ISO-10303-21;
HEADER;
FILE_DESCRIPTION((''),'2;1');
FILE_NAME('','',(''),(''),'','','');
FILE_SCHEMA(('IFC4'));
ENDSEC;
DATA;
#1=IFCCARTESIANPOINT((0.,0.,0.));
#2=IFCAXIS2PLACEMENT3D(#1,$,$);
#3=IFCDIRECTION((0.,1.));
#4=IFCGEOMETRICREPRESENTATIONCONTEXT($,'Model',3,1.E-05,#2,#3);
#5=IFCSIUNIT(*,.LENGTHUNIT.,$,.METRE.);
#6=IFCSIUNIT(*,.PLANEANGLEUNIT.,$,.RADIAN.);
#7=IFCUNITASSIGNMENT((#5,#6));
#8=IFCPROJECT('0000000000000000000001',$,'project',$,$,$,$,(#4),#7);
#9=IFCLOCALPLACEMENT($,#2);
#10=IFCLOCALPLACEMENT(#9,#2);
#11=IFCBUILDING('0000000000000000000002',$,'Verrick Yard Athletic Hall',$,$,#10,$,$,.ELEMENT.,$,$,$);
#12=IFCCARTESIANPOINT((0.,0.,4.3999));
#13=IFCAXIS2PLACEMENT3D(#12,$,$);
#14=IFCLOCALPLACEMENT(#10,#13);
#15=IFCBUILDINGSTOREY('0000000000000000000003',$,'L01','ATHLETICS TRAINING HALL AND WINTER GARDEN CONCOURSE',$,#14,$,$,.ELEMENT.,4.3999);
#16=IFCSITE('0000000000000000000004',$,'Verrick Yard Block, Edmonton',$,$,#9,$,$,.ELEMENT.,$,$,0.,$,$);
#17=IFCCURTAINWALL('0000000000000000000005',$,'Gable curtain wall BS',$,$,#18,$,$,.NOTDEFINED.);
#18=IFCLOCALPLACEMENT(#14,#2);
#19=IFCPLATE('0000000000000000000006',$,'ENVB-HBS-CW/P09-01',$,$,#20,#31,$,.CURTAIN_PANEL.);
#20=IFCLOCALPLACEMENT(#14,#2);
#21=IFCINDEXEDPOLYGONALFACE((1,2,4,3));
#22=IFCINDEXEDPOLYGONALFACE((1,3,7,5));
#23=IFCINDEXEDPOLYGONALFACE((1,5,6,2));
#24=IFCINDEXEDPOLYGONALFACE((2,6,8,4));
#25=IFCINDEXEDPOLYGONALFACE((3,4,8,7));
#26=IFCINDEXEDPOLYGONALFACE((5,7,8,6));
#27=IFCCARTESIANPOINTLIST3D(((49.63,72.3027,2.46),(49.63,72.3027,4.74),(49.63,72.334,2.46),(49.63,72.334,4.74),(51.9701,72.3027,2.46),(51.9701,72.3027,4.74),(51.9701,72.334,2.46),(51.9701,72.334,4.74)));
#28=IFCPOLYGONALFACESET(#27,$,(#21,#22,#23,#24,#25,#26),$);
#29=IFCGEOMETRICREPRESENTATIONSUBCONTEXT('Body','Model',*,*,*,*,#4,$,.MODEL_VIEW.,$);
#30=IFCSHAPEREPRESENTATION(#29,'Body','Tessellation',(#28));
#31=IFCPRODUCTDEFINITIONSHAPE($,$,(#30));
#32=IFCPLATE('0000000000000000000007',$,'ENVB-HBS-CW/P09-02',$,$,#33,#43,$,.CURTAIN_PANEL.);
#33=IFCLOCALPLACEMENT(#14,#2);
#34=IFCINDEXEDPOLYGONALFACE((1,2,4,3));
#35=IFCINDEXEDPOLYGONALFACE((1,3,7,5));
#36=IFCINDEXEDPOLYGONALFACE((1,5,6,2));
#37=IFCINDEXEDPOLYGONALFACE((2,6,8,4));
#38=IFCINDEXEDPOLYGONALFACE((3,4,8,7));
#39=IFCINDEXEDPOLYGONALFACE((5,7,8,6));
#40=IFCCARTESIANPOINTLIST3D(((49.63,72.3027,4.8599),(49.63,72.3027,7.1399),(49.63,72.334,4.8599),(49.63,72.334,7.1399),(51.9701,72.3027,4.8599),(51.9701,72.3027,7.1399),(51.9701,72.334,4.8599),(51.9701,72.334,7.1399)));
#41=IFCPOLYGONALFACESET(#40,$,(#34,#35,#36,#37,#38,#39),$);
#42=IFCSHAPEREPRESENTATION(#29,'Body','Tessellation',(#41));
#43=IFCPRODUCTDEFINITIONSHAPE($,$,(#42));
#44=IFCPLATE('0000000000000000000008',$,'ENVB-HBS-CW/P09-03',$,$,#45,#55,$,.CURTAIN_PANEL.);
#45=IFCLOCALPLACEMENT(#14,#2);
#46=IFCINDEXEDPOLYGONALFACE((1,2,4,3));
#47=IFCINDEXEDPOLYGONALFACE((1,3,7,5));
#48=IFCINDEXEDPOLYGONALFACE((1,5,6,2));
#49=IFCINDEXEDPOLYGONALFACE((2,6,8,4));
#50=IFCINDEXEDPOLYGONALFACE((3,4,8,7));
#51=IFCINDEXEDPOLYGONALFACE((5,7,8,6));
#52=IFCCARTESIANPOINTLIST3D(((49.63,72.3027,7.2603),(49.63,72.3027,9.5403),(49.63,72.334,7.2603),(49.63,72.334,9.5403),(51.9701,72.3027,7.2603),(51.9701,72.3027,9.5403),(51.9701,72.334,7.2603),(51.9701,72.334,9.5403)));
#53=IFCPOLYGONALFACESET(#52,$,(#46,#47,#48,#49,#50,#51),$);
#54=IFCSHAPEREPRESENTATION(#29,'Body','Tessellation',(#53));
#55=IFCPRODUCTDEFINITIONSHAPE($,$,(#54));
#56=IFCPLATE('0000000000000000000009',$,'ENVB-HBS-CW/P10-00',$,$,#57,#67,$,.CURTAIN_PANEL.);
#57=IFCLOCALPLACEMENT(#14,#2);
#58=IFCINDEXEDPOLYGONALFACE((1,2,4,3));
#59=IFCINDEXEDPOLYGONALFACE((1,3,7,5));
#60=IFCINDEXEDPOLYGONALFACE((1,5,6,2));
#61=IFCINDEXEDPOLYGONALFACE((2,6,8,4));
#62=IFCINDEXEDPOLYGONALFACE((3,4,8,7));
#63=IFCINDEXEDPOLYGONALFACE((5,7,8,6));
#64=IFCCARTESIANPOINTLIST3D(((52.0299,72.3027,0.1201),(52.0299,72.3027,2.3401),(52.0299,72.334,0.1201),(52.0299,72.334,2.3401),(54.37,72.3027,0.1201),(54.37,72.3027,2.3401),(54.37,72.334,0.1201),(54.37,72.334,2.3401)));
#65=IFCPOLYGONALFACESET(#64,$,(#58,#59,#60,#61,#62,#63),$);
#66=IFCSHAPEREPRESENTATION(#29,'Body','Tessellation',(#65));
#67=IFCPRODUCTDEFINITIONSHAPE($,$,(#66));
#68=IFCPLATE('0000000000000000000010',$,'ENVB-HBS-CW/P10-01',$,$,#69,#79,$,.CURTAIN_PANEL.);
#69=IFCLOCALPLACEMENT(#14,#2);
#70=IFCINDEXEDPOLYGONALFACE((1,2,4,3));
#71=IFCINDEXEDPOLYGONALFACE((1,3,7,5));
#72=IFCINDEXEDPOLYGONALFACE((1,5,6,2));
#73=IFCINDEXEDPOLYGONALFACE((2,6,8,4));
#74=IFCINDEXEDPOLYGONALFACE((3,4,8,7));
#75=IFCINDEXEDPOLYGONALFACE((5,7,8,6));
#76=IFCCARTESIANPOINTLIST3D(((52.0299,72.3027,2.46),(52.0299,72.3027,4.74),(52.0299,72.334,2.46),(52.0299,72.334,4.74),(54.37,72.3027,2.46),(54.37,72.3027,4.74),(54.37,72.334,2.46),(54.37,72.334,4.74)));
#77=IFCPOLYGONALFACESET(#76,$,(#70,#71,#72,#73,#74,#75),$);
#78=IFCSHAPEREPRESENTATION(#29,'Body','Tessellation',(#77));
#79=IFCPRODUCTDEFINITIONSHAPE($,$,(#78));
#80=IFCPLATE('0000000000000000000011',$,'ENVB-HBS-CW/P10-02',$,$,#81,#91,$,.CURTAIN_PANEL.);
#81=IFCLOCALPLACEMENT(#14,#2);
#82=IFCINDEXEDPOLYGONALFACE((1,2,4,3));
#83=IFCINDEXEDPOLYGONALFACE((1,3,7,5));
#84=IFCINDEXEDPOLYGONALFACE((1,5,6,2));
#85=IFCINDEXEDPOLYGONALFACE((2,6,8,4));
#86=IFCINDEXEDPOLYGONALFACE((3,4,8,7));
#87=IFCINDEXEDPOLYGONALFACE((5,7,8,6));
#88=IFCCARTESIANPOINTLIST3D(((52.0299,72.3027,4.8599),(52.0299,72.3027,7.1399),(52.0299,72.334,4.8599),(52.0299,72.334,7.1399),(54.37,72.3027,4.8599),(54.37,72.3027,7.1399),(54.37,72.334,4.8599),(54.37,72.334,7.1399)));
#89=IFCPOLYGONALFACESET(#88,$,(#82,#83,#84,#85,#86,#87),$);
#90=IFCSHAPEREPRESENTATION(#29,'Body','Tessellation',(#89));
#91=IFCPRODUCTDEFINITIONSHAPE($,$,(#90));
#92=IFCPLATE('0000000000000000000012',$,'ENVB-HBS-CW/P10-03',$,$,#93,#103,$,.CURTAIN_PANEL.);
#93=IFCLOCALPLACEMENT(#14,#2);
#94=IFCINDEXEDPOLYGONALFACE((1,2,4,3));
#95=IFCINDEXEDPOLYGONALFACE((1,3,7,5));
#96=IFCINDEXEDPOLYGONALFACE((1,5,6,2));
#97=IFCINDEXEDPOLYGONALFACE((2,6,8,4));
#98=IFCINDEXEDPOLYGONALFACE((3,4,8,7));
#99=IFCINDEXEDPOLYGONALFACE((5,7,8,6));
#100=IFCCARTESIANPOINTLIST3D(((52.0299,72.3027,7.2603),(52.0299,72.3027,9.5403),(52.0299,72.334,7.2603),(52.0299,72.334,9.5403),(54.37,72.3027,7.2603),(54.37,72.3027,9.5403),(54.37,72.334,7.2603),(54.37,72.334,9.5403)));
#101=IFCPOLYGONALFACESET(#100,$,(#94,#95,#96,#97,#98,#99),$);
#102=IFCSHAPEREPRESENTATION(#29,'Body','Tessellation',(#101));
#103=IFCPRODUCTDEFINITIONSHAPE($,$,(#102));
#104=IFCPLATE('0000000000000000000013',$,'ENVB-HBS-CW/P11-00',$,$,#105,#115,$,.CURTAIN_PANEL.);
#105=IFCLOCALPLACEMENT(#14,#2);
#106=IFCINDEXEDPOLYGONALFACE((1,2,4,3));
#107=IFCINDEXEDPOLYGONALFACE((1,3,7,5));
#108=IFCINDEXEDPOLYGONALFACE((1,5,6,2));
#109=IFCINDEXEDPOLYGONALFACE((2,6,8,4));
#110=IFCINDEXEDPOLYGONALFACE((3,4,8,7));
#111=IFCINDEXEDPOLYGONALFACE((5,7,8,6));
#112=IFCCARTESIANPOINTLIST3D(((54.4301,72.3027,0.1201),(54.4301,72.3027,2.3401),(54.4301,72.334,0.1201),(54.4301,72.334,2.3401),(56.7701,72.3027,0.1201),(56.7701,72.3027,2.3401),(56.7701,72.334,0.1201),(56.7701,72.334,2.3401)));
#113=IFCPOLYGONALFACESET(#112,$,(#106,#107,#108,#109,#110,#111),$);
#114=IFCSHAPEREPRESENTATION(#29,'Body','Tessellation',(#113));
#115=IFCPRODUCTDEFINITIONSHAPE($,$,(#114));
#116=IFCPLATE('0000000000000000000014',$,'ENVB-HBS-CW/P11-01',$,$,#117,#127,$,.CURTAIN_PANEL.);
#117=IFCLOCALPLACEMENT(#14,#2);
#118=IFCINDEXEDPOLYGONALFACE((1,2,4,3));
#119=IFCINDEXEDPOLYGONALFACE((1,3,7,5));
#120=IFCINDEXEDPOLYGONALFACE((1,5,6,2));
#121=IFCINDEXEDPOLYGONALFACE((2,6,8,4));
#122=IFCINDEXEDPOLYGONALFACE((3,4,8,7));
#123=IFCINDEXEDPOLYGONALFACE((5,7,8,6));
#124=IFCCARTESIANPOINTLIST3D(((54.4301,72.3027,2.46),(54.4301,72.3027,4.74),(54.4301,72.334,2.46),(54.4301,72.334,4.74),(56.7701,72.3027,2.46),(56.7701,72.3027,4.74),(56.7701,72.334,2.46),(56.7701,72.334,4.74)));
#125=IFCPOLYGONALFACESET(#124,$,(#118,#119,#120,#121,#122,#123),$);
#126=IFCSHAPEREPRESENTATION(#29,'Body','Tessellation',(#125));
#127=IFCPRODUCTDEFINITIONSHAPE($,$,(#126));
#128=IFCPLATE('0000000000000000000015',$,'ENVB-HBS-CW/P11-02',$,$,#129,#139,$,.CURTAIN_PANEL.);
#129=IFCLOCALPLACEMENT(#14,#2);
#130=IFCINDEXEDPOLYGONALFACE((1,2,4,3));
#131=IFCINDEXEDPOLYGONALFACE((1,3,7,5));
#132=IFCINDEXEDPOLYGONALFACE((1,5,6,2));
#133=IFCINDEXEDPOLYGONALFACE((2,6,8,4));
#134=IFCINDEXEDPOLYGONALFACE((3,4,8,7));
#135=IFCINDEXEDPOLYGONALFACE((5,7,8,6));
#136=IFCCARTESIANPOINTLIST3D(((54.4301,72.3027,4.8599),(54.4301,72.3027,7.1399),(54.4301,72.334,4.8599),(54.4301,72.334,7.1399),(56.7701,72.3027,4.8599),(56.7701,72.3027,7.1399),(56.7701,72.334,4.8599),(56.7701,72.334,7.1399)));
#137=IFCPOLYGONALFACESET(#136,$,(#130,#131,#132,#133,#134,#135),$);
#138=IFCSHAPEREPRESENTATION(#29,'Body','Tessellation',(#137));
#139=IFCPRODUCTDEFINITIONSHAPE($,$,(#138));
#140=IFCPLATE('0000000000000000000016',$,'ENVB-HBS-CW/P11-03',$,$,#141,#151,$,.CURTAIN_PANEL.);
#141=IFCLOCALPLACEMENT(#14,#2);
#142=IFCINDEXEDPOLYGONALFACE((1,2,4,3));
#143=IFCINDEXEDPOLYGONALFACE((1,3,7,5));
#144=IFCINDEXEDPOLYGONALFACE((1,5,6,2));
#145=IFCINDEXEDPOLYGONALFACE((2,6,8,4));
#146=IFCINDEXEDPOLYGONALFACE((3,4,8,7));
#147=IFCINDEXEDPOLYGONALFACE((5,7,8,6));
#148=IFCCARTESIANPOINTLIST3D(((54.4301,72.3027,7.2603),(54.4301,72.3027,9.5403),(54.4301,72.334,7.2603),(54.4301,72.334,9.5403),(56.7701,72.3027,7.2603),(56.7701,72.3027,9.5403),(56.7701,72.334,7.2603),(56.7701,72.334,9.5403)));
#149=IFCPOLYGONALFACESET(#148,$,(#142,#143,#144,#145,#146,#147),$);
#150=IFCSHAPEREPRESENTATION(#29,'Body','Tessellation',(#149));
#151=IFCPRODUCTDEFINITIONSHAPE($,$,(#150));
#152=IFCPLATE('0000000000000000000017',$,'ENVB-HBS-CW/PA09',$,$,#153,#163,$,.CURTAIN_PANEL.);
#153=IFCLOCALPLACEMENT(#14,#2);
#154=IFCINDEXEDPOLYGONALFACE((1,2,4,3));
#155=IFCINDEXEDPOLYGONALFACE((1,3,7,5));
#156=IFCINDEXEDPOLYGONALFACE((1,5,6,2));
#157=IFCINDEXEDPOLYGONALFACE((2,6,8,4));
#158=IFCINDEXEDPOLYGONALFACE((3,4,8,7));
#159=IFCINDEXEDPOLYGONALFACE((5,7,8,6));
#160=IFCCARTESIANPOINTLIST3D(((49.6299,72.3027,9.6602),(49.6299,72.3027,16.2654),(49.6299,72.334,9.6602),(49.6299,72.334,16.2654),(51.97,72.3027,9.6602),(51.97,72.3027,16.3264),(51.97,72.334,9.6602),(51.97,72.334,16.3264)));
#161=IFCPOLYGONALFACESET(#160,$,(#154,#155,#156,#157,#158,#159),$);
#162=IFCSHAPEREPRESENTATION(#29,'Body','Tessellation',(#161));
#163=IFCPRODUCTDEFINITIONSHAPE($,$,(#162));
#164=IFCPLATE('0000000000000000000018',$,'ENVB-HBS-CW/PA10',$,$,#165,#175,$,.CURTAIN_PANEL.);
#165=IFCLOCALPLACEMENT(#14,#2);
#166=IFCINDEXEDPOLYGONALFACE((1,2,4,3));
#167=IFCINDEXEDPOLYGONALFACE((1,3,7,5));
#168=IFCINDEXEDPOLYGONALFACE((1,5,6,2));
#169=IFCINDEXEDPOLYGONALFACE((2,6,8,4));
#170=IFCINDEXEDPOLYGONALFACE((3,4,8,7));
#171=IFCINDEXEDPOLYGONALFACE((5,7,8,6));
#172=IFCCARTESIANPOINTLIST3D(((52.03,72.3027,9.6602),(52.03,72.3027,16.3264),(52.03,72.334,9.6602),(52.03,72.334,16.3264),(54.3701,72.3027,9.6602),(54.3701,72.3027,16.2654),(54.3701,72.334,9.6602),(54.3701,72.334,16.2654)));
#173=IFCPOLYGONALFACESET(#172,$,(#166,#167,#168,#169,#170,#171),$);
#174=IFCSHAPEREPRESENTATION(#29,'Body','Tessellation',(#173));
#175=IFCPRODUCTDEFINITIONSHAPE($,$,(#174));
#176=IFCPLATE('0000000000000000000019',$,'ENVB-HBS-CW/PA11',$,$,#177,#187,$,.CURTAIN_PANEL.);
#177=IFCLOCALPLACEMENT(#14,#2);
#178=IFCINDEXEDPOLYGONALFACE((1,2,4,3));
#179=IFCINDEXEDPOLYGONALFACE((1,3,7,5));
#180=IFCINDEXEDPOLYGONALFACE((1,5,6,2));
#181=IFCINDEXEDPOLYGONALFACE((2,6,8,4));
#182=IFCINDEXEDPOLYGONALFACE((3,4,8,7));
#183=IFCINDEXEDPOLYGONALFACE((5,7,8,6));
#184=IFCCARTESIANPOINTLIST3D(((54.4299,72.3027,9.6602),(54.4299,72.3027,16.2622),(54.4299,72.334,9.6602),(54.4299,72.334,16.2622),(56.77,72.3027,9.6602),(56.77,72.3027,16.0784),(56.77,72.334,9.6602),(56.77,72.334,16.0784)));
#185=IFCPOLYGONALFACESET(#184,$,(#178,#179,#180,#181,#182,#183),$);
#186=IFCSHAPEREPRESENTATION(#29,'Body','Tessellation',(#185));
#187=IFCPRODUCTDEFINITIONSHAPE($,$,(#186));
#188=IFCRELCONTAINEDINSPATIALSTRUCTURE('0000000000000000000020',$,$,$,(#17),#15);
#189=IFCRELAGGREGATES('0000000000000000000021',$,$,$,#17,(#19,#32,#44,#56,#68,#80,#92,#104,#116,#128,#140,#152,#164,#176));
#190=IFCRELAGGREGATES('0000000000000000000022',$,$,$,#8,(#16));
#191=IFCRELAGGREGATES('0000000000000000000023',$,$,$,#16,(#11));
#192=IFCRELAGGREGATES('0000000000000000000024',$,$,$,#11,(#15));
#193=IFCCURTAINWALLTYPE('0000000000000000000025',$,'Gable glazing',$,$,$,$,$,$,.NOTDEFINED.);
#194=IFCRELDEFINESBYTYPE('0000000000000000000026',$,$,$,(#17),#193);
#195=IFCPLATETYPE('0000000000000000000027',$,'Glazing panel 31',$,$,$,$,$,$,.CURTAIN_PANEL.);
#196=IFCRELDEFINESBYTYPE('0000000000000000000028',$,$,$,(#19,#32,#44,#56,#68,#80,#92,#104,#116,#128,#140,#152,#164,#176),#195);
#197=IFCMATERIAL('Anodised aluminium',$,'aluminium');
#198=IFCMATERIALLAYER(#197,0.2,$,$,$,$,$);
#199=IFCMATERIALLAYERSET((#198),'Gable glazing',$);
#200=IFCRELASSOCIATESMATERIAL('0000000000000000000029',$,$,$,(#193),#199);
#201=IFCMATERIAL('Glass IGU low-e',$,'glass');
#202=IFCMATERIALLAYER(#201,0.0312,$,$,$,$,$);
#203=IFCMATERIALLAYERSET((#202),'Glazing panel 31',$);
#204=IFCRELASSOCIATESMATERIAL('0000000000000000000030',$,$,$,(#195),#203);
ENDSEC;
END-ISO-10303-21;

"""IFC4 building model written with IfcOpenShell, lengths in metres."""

from ifc_helpers import new_model, si_unit, direction, frame, origin, origin_2d, place, context, subcontext, project, spatial, polyline, rectangle, outline, extrude, material, layer, layer_set, type_object, element, aggregate, save


model = new_model("IFC4")

# Units and contexts
model_context = context("Model", 3, precision=1e-05, world=origin(), true_north=direction((0.0, 1.0)))
body_context = subcontext(model_context, "Body", "Model", "MODEL_VIEW")
ifc_project = project(units=[si_unit("LENGTHUNIT", "METRE"), si_unit("PLANEANGLEUNIT", "RADIAN")], contexts=[model_context])

# Site, building, storey
site_placement = place(None, origin())
site = spatial("IfcSite", under=ifc_project, at=site_placement, Name="Verrick Yard Block, Edmonton", CompositionType="ELEMENT", RefElevation=0.0)
building_placement = place(site_placement, origin())
building = spatial("IfcBuilding", under=site, at=building_placement, Name="Verrick Yard Athletic Hall", CompositionType="ELEMENT")
storey_placement = place(building_placement, frame((0.0, 0.0, 4.3999)))
storey = spatial("IfcBuildingStorey", under=building, at=storey_placement, Name="L01", Description="ATHLETICS TRAINING HALL AND WINTER GARDEN CONCOURSE", CompositionType="ELEMENT", Elevation=4.3999)

# Curtain wall
ifc_material_1 = material(Name="Anodised aluminium", Category="aluminium")
ifc_layer_1 = layer(ifc_material_1, 0.2)
ifc_layer_set_1 = layer_set([ifc_layer_1], Name="Gable glazing")
curtain_wall_type = type_object("IfcCurtainWallType", Name="Gable glazing", PredefinedType="NOTDEFINED", material=ifc_layer_set_1)
curtain_wall_placement = place(storey_placement, origin())
curtain_wall = element("IfcCurtainWall", 1, at=curtain_wall_placement, inside=storey, type_object=curtain_wall_type, Name="Gable curtain wall BS", PredefinedType="NOTDEFINED")

# Plates
ifc_material_2 = material(Name="Glass IGU low-e", Category="glass")
ifc_layer_2 = layer(ifc_material_2, 0.0312)
ifc_layer_set_2 = layer_set([ifc_layer_2], Name="Glazing panel 31")
plate_type = type_object("IfcPlateType", Name="Glazing panel 31", PredefinedType="CURTAIN_PANEL", material=ifc_layer_set_2)
plate_1_placement = place(storey_placement, frame((50.8, 72.3184, 2.46), z_axis=(0.0, 0.0, 1.0), x_axis=(1.0, 0.0, 0.0)))
plate_1 = element("IfcPlate", 2, at=plate_1_placement, type_object=plate_type, Name="ENVB-HBS-CW/P09-01", PredefinedType="CURTAIN_PANEL", context=body_context, shape_type="SweptSolid", body=[
    extrude(rectangle(XDim=2.3401, YDim=0.0312, at=origin_2d()), origin(), (0.0, 0.0, 1.0), 2.28),
])
plate_2_placement = place(storey_placement, frame((50.8, 72.3184, 4.8599), z_axis=(0.0, 0.0, 1.0), x_axis=(1.0, 0.0, 0.0)))
plate_2 = element("IfcPlate", 3, at=plate_2_placement, type_object=plate_type, Name="ENVB-HBS-CW/P09-02", PredefinedType="CURTAIN_PANEL", context=body_context, shape_type="SweptSolid", body=[
    extrude(rectangle(XDim=2.3401, YDim=0.0312, at=origin_2d()), origin(), (0.0, 0.0, 1.0), 2.28),
])
plate_3_placement = place(storey_placement, frame((50.8, 72.3184, 7.2603), z_axis=(0.0, 0.0, 1.0), x_axis=(1.0, 0.0, 0.0)))
plate_3 = element("IfcPlate", 4, at=plate_3_placement, type_object=plate_type, Name="ENVB-HBS-CW/P09-03", PredefinedType="CURTAIN_PANEL", context=body_context, shape_type="SweptSolid", body=[
    extrude(rectangle(XDim=2.3401, YDim=0.0312, at=origin_2d()), origin(), (0.0, 0.0, 1.0), 2.28),
])
plate_4_placement = place(storey_placement, frame((53.2, 72.3184, 0.1201), z_axis=(0.0, 0.0, 1.0), x_axis=(1.0, 0.0, 0.0)))
plate_4 = element("IfcPlate", 5, at=plate_4_placement, type_object=plate_type, Name="ENVB-HBS-CW/P10-00", PredefinedType="CURTAIN_PANEL", context=body_context, shape_type="SweptSolid", body=[
    extrude(rectangle(XDim=2.3401, YDim=0.0312, at=origin_2d()), origin(), (0.0, 0.0, 1.0), 2.22),
])
plate_5_placement = place(storey_placement, frame((53.2, 72.3184, 2.46), z_axis=(0.0, 0.0, 1.0), x_axis=(1.0, 0.0, 0.0)))
plate_5 = element("IfcPlate", 6, at=plate_5_placement, type_object=plate_type, Name="ENVB-HBS-CW/P10-01", PredefinedType="CURTAIN_PANEL", context=body_context, shape_type="SweptSolid", body=[
    extrude(rectangle(XDim=2.3401, YDim=0.0312, at=origin_2d()), origin(), (0.0, 0.0, 1.0), 2.28),
])
plate_6_placement = place(storey_placement, frame((53.2, 72.3184, 4.8599), z_axis=(0.0, 0.0, 1.0), x_axis=(1.0, 0.0, 0.0)))
plate_6 = element("IfcPlate", 7, at=plate_6_placement, type_object=plate_type, Name="ENVB-HBS-CW/P10-02", PredefinedType="CURTAIN_PANEL", context=body_context, shape_type="SweptSolid", body=[
    extrude(rectangle(XDim=2.3401, YDim=0.0312, at=origin_2d()), origin(), (0.0, 0.0, 1.0), 2.28),
])
plate_7_placement = place(storey_placement, frame((53.2, 72.3184, 7.2603), z_axis=(0.0, 0.0, 1.0), x_axis=(1.0, 0.0, 0.0)))
plate_7 = element("IfcPlate", 8, at=plate_7_placement, type_object=plate_type, Name="ENVB-HBS-CW/P10-03", PredefinedType="CURTAIN_PANEL", context=body_context, shape_type="SweptSolid", body=[
    extrude(rectangle(XDim=2.3401, YDim=0.0312, at=origin_2d()), origin(), (0.0, 0.0, 1.0), 2.28),
])
plate_8_placement = place(storey_placement, frame((55.6001, 72.3184, 0.1201), z_axis=(0.0, 0.0, 1.0), x_axis=(1.0, 0.0, 0.0)))
plate_8 = element("IfcPlate", 9, at=plate_8_placement, type_object=plate_type, Name="ENVB-HBS-CW/P11-00", PredefinedType="CURTAIN_PANEL", context=body_context, shape_type="SweptSolid", body=[
    extrude(rectangle(XDim=2.3401, YDim=0.0312, at=origin_2d()), origin(), (0.0, 0.0, 1.0), 2.22),
])
plate_9_placement = place(storey_placement, frame((55.6001, 72.3184, 2.46), z_axis=(0.0, 0.0, 1.0), x_axis=(1.0, 0.0, 0.0)))
plate_9 = element("IfcPlate", 10, at=plate_9_placement, type_object=plate_type, Name="ENVB-HBS-CW/P11-01", PredefinedType="CURTAIN_PANEL", context=body_context, shape_type="SweptSolid", body=[
    extrude(rectangle(XDim=2.3401, YDim=0.0312, at=origin_2d()), origin(), (0.0, 0.0, 1.0), 2.28),
])
plate_10_placement = place(storey_placement, frame((55.6001, 72.3184, 4.8599), z_axis=(0.0, 0.0, 1.0), x_axis=(1.0, 0.0, 0.0)))
plate_10 = element("IfcPlate", 11, at=plate_10_placement, type_object=plate_type, Name="ENVB-HBS-CW/P11-02", PredefinedType="CURTAIN_PANEL", context=body_context, shape_type="SweptSolid", body=[
    extrude(rectangle(XDim=2.3401, YDim=0.0312, at=origin_2d()), origin(), (0.0, 0.0, 1.0), 2.28),
])
plate_11_placement = place(storey_placement, frame((55.6001, 72.3184, 7.2603), z_axis=(0.0, 0.0, 1.0), x_axis=(1.0, 0.0, 0.0)))
plate_11 = element("IfcPlate", 12, at=plate_11_placement, type_object=plate_type, Name="ENVB-HBS-CW/P11-03", PredefinedType="CURTAIN_PANEL", context=body_context, shape_type="SweptSolid", body=[
    extrude(rectangle(XDim=2.3401, YDim=0.0312, at=origin_2d()), origin(), (0.0, 0.0, 1.0), 2.28),
])
plate_12_placement = place(storey_placement, frame((49.6299, 72.3184, 9.6602), z_axis=(0.0, 0.0, 1.0), x_axis=(1.0, 0.0, 0.0)))
plate_12 = element("IfcPlate", 13, at=plate_12_placement, type_object=plate_type, Name="ENVB-HBS-CW/PA09", PredefinedType="CURTAIN_PANEL", context=body_context, shape_type="SweptSolid", body=[
    extrude(outline(polyline([(0.0, 6.6052), (2.3401, 6.6663), (2.3401, 0.0), (0.0, 0.0), (0.0, 6.6052)])), frame((0.0, 0.0156, 0.0), z_axis=(0.0, -1.0, 0.0), x_axis=(1.0, 0.0, 0.0)), (0.0, 0.0, 1.0), 0.0312),
])
plate_13_placement = place(storey_placement, frame((52.03, 72.3184, 9.6602), z_axis=(0.0, 0.0, 1.0), x_axis=(1.0, 0.0, 0.0)))
plate_13 = element("IfcPlate", 14, at=plate_13_placement, type_object=plate_type, Name="ENVB-HBS-CW/PA10", PredefinedType="CURTAIN_PANEL", context=body_context, shape_type="SweptSolid", body=[
    extrude(outline(polyline([(0.0, 6.6663), (2.3401, 6.6052), (2.3401, 0.0), (0.0, 0.0), (0.0, 6.6663)])), frame((0.0, 0.0156, 0.0), z_axis=(0.0, -1.0, 0.0), x_axis=(1.0, 0.0, 0.0)), (0.0, 0.0, 1.0), 0.0312),
])
plate_14_placement = place(storey_placement, frame((54.4299, 72.3184, 9.6602), z_axis=(0.0, 0.0, 1.0), x_axis=(1.0, 0.0, 0.0)))
plate_14 = element("IfcPlate", 15, at=plate_14_placement, type_object=plate_type, Name="ENVB-HBS-CW/PA11", PredefinedType="CURTAIN_PANEL", context=body_context, shape_type="SweptSolid", body=[
    extrude(outline(polyline([(0.0, 6.6021), (2.3401, 6.4182), (2.3401, 0.0), (0.0, 0.0), (0.0, 6.6021)])), frame((0.0, 0.0156, 0.0), z_axis=(0.0, -1.0, 0.0), x_axis=(1.0, 0.0, 0.0)), (0.0, 0.0, 1.0), 0.0312),
])
aggregate(curtain_wall, [plate_1, plate_2, plate_3, plate_4, plate_5, plate_6, plate_7, plate_8, plate_9, plate_10, plate_11, plate_12, plate_13, plate_14])

save(model, "model.ifc")
